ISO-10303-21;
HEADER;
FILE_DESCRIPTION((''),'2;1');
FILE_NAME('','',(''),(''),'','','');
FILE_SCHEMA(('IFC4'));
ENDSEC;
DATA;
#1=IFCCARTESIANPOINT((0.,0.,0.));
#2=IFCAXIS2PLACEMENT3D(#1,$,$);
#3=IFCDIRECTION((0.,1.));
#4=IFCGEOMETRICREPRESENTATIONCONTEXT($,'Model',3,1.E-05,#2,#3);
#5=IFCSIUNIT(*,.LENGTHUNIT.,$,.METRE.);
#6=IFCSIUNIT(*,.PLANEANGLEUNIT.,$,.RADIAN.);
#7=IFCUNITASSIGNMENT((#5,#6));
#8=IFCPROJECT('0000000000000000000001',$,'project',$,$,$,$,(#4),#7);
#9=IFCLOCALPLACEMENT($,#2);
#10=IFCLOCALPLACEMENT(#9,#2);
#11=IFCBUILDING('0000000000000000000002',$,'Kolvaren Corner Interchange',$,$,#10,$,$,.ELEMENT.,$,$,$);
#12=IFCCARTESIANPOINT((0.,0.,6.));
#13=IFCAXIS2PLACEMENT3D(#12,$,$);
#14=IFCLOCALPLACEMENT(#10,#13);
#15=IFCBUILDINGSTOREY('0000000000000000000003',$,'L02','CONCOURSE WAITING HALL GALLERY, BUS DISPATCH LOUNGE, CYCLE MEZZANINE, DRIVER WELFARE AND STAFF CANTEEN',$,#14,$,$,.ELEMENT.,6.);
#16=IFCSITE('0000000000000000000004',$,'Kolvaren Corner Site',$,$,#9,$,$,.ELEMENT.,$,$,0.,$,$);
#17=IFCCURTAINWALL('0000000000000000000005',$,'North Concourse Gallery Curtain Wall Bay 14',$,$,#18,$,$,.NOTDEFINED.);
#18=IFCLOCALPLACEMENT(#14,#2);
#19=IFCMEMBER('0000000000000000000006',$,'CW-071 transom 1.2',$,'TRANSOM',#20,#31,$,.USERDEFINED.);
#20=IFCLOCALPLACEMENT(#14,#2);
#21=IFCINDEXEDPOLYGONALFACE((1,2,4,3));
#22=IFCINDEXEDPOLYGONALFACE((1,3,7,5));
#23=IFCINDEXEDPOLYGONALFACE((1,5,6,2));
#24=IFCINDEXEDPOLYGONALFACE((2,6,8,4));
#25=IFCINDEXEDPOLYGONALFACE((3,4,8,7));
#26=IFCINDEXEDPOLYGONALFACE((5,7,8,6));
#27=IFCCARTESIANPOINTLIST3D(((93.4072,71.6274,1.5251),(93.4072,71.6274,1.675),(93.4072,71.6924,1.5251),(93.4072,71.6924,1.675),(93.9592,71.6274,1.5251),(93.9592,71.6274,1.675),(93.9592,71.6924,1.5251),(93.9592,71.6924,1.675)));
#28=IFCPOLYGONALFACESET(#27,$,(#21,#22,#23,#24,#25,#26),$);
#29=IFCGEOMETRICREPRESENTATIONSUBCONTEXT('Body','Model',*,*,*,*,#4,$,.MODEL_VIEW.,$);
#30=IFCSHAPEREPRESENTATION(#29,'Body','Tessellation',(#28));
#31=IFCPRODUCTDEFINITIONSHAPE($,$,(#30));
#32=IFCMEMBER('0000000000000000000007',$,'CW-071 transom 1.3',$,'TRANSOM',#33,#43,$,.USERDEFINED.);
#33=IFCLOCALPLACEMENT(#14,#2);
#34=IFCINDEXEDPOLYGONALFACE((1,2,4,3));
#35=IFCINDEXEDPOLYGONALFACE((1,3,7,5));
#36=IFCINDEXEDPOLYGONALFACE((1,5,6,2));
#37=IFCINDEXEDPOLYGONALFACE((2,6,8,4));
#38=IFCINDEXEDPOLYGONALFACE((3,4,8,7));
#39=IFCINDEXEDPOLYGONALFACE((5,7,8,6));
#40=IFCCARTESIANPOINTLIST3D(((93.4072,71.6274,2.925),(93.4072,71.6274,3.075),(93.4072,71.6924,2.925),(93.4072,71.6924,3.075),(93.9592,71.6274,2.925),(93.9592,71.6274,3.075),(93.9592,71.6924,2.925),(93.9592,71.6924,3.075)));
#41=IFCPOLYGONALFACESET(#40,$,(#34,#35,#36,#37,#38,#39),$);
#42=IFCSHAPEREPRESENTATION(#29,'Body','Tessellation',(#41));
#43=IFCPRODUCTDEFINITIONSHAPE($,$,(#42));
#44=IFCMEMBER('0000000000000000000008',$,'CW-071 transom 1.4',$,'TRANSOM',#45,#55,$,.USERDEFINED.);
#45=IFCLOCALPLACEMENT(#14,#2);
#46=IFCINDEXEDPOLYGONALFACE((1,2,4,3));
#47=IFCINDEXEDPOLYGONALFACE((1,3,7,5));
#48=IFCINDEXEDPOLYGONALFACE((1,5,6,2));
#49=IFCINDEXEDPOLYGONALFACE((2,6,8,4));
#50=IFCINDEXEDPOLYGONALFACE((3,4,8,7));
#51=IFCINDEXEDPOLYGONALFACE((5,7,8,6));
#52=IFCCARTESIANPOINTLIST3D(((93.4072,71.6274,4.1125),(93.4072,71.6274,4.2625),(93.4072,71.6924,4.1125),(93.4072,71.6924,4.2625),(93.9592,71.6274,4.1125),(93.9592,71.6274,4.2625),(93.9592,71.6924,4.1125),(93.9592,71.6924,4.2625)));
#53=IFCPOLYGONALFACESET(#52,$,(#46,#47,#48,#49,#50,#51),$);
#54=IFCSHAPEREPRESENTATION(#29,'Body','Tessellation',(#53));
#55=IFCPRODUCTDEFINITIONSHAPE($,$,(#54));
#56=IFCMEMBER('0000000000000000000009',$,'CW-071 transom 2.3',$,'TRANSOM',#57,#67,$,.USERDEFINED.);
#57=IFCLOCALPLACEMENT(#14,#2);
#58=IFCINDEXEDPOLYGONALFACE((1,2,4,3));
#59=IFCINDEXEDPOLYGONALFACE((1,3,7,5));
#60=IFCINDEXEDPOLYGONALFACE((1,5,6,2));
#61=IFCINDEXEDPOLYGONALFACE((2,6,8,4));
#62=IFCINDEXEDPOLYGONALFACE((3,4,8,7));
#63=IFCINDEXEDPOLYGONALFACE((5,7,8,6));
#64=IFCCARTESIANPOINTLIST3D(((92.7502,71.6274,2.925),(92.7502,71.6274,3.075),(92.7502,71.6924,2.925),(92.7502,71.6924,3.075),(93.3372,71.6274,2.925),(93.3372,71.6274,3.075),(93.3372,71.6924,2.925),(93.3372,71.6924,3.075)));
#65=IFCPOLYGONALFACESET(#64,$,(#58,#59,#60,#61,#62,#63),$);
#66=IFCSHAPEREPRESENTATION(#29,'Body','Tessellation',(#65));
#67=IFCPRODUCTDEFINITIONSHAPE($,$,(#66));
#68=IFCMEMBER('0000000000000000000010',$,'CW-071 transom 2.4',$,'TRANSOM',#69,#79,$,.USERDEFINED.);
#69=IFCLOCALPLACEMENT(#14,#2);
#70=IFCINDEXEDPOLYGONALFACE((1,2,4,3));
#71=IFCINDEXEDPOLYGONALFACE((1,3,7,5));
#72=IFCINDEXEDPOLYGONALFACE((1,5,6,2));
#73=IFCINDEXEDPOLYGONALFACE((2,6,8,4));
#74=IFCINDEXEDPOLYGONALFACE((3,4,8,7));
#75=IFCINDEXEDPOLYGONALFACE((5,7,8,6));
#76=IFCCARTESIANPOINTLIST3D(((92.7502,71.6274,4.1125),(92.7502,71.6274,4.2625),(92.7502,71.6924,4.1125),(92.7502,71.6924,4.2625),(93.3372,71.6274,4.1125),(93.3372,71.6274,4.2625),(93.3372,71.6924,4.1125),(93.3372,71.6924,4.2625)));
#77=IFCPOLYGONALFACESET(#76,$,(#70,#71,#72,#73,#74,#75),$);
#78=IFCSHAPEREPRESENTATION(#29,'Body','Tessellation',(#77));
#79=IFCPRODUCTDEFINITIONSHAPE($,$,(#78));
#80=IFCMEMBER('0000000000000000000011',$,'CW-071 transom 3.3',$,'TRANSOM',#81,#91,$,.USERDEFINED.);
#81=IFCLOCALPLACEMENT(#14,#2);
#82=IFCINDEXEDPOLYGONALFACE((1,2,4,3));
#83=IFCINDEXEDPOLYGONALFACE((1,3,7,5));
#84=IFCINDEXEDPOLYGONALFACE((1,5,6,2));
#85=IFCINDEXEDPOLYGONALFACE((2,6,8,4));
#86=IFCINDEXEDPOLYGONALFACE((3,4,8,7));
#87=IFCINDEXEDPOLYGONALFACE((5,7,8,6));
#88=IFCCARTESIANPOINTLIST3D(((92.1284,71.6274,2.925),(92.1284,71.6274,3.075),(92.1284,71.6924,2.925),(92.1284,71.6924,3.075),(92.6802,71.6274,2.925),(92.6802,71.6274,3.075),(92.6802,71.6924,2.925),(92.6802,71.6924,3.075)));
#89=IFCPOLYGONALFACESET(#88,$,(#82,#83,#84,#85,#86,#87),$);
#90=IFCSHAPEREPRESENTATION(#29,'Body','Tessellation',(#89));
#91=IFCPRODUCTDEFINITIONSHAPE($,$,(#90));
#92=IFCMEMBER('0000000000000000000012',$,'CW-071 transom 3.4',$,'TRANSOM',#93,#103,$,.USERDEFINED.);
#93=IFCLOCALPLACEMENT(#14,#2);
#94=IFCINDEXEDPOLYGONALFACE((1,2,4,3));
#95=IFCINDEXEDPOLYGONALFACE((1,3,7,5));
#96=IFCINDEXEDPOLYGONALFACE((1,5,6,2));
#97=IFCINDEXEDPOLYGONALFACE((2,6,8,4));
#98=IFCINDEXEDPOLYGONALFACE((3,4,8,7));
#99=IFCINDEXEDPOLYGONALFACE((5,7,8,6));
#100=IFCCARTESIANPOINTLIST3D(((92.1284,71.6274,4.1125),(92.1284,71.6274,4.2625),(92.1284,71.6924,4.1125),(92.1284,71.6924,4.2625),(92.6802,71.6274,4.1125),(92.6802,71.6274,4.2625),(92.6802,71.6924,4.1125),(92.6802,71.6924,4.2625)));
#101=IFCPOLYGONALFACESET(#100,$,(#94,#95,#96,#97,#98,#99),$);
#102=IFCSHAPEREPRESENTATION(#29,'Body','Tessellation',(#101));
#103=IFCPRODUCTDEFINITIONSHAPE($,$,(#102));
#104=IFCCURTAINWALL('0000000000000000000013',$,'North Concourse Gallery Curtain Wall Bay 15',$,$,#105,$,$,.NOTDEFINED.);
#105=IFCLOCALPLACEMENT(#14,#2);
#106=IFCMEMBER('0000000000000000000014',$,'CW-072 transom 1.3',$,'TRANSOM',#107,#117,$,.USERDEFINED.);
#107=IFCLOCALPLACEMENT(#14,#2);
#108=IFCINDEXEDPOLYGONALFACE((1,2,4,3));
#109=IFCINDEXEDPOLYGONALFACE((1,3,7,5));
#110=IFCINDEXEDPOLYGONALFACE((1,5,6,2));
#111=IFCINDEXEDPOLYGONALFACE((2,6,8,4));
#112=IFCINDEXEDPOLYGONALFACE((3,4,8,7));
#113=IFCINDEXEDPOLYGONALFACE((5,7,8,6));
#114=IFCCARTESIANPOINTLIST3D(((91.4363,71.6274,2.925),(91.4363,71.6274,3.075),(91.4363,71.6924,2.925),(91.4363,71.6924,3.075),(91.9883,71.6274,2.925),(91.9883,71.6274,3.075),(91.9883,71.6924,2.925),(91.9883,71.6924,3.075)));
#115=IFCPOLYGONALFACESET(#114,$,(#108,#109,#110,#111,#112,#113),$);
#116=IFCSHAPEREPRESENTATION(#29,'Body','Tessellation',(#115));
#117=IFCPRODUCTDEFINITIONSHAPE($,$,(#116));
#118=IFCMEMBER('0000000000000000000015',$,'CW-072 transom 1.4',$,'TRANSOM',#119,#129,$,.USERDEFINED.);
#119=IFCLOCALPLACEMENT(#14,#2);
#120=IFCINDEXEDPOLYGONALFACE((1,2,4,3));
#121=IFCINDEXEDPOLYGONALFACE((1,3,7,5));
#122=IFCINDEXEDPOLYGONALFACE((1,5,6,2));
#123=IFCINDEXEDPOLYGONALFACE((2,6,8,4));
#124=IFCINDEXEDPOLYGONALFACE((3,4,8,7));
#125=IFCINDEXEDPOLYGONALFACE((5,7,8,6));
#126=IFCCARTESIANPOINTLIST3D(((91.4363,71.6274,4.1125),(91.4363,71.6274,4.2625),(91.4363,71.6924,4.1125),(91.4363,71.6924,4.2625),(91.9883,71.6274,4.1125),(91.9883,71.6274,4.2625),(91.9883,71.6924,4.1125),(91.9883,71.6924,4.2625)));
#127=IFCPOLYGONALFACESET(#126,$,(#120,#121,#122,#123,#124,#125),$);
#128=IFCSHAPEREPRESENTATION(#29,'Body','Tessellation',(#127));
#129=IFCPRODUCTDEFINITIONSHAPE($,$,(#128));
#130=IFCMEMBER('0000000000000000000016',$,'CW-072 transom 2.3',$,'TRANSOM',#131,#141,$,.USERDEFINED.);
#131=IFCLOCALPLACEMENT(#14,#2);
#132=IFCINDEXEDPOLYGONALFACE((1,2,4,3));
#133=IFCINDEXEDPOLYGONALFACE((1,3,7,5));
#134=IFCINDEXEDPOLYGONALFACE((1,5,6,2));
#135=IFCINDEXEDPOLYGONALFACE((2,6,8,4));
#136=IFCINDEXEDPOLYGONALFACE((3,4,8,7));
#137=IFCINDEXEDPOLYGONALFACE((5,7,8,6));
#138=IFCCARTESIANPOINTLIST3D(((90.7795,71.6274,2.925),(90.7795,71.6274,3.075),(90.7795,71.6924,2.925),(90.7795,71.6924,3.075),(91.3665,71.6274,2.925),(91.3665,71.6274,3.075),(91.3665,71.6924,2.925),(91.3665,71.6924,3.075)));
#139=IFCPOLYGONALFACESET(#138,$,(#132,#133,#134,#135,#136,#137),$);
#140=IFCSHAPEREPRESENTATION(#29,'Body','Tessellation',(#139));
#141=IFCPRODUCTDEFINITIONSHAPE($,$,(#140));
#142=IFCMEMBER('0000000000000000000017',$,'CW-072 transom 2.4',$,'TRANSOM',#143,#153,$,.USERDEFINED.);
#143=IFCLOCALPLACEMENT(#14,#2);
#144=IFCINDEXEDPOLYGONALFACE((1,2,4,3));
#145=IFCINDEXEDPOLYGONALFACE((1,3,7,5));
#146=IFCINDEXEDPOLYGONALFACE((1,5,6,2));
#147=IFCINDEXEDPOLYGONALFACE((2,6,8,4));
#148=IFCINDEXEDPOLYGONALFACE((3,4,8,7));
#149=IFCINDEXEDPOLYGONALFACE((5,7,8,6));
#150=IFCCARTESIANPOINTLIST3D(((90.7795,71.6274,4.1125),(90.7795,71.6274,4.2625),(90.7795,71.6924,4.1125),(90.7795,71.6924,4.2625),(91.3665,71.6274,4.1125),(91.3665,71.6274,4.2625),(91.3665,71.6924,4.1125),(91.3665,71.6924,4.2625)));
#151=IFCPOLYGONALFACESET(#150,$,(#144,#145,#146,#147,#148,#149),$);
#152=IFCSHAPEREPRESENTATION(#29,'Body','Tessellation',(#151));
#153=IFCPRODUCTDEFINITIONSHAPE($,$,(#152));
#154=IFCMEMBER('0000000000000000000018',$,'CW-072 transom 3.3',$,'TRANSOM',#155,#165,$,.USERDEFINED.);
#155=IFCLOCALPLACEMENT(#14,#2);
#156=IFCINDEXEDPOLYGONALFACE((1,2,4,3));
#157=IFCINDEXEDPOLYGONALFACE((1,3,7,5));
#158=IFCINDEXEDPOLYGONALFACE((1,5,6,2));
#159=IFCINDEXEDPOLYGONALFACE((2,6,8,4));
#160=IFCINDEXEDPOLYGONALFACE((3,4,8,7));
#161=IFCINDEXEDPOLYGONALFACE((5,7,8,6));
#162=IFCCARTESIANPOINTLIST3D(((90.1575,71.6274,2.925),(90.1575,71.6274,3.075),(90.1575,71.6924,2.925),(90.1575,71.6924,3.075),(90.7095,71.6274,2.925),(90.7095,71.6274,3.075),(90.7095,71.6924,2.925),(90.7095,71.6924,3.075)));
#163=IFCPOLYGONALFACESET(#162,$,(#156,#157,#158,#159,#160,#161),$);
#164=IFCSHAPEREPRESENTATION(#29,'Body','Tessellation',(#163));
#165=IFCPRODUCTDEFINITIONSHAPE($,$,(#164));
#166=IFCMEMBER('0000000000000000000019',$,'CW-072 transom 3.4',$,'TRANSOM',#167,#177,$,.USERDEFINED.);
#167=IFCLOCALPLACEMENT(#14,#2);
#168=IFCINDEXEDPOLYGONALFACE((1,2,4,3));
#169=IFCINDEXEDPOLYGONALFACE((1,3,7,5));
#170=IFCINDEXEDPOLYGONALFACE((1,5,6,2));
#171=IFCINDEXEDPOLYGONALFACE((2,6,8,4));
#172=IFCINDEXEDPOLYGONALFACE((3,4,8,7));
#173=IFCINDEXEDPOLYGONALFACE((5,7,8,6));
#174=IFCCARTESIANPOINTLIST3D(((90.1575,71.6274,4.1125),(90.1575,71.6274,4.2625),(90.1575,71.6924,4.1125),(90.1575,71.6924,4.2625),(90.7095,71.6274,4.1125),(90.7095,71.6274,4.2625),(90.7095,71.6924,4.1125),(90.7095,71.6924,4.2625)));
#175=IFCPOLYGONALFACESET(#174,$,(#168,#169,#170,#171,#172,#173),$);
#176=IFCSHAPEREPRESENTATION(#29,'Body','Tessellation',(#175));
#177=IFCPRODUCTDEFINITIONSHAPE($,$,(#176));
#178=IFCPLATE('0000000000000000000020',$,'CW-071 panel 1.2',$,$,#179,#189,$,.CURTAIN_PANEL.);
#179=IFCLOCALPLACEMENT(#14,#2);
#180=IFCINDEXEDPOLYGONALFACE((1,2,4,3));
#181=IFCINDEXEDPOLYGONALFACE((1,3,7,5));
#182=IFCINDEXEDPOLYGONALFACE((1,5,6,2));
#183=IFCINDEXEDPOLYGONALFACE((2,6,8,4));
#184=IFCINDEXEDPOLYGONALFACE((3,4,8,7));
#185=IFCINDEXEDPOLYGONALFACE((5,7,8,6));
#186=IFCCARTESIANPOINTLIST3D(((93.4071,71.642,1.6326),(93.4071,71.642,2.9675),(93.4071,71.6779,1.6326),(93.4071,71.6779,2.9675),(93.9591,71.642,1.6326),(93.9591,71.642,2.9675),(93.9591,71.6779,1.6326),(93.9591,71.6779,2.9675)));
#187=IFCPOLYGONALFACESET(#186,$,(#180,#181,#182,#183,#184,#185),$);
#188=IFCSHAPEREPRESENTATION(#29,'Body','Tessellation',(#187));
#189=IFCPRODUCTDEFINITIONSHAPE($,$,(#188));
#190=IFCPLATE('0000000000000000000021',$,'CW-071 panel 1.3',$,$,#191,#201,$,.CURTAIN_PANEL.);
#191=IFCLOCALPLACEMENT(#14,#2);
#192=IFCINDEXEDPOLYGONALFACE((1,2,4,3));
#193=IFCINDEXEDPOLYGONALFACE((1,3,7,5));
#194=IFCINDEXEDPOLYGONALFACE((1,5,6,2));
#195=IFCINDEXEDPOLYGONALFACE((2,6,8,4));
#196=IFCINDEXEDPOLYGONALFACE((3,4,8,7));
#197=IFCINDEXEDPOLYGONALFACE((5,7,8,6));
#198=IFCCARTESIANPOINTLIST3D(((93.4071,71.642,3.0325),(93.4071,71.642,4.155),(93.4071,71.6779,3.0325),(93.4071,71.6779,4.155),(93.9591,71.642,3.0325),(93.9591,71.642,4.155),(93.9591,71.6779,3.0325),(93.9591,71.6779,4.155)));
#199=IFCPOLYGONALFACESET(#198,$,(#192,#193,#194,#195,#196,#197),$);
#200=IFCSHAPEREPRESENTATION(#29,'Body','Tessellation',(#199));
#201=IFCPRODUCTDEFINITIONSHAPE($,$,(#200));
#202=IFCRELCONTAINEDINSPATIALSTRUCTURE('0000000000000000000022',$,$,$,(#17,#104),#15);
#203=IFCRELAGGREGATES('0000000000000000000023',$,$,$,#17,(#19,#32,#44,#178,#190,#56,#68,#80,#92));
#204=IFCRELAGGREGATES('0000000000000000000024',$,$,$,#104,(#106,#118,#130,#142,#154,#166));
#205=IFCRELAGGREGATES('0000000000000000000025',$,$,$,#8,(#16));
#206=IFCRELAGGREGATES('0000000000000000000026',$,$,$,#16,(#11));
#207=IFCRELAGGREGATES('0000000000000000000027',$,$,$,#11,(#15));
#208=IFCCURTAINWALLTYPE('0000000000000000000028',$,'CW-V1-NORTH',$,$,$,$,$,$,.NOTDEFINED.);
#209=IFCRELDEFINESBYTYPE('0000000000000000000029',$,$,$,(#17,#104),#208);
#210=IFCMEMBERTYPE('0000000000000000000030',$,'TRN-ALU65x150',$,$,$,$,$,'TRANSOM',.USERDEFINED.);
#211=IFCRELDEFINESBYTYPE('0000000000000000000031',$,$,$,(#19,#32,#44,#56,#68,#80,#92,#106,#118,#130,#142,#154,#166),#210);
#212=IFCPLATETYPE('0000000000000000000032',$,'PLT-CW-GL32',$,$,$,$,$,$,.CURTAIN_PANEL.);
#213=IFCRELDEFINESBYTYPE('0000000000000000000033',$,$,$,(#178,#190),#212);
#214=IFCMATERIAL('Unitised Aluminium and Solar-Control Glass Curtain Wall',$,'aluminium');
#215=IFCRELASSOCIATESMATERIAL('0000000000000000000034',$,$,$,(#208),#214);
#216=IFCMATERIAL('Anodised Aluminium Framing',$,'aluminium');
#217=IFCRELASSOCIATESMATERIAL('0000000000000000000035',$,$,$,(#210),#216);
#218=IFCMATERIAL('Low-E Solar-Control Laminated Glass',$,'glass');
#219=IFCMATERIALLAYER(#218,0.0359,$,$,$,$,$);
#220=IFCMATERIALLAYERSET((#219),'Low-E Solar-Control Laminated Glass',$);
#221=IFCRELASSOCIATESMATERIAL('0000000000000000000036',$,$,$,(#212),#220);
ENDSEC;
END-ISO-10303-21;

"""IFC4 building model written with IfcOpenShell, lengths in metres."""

from ifc_helpers import new_model, si_unit, direction, frame, origin, origin_2d, place, context, subcontext, project, spatial, rectangle, extrude, material, layer, layer_set, material_profile, profile_set, type_object, element, aggregate, save


model = new_model("IFC4")

# Units and contexts
model_context = context("Model", 3, precision=1e-05, world=origin(), true_north=direction((0.0, 1.0)))
body_context = subcontext(model_context, "Body", "Model", "MODEL_VIEW")
ifc_project = project(units=[si_unit("LENGTHUNIT", "METRE"), si_unit("PLANEANGLEUNIT", "RADIAN")], contexts=[model_context])

# Site, building, storey
site_placement = place(None, origin())
site = spatial("IfcSite", under=ifc_project, at=site_placement, Name="Kolvaren Corner Site", CompositionType="ELEMENT", RefElevation=0.0)
building_placement = place(site_placement, origin())
building = spatial("IfcBuilding", under=site, at=building_placement, Name="Kolvaren Corner Interchange", CompositionType="ELEMENT")
storey_placement = place(building_placement, frame((0.0, 0.0, 6.0)))
storey = spatial("IfcBuildingStorey", under=building, at=storey_placement, Name="L02", Description="CONCOURSE WAITING HALL GALLERY, BUS DISPATCH LOUNGE, CYCLE MEZZANINE, DRIVER WELFARE AND STAFF CANTEEN", CompositionType="ELEMENT", Elevation=6.0)

# Curtain walls, members
ifc_material_1 = material(Name="Unitised Aluminium and Solar-Control Glass Curtain Wall", Category="aluminium")
curtain_wall_type = type_object("IfcCurtainWallType", Name="CW-V1-NORTH", PredefinedType="NOTDEFINED", material=ifc_material_1)
curtain_wall_1_placement = place(storey_placement, origin())
curtain_wall_1 = element("IfcCurtainWall", 1, at=curtain_wall_1_placement, inside=storey, type_object=curtain_wall_type, Name="North Concourse Gallery Curtain Wall Bay 14", PredefinedType="NOTDEFINED")
ifc_material_2 = material(Name="Anodised Aluminium Framing", Category="aluminium")
ifc_material_profile = material_profile(ifc_material_2, rectangle(XDim=0.0649, YDim=0.1499, at=origin_2d()), Name="ALU 65x150")
ifc_profile_set = profile_set([ifc_material_profile], Name="Anodised Aluminium Framing")
member_type = type_object("IfcMemberType", Name="TRN-ALU65x150", ElementType="TRANSOM", PredefinedType="USERDEFINED", material=ifc_profile_set)
member_1_placement = place(storey_placement, frame((93.9592, 71.6599, 1.6001), z_axis=(-1.0, 0.0, 0.0), x_axis=(0.0, -1.0, 0.0)))
member_1 = element("IfcMember", 2, at=member_1_placement, type_object=member_type, Name="CW-071 transom 1.2", ObjectType="TRANSOM", PredefinedType="USERDEFINED", context=body_context, shape_type="SweptSolid", body=[
    extrude(rectangle(XDim=0.0649, YDim=0.1499, at=origin_2d()), origin(), (0.0, 0.0, 1.0), 0.552),
])
member_2_placement = place(storey_placement, frame((93.9592, 71.6599, 3.0), z_axis=(-1.0, 0.0, 0.0), x_axis=(0.0, -1.0, 0.0)))
member_2 = element("IfcMember", 3, at=member_2_placement, type_object=member_type, Name="CW-071 transom 1.3", ObjectType="TRANSOM", PredefinedType="USERDEFINED", context=body_context, shape_type="SweptSolid", body=[
    extrude(rectangle(XDim=0.0649, YDim=0.1499, at=origin_2d()), origin(), (0.0, 0.0, 1.0), 0.552),
])
member_3_placement = place(storey_placement, frame((93.9592, 71.6599, 4.1875), z_axis=(-1.0, 0.0, 0.0), x_axis=(0.0, -1.0, 0.0)))
member_3 = element("IfcMember", 4, at=member_3_placement, type_object=member_type, Name="CW-071 transom 1.4", ObjectType="TRANSOM", PredefinedType="USERDEFINED", context=body_context, shape_type="SweptSolid", body=[
    extrude(rectangle(XDim=0.0649, YDim=0.1499, at=origin_2d()), origin(), (0.0, 0.0, 1.0), 0.552),
])
member_4_placement = place(storey_placement, frame((93.3372, 71.6599, 3.0), z_axis=(-1.0, 0.0, 0.0), x_axis=(0.0, -1.0, 0.0)))
member_4 = element("IfcMember", 5, at=member_4_placement, type_object=member_type, Name="CW-071 transom 2.3", ObjectType="TRANSOM", PredefinedType="USERDEFINED", context=body_context, shape_type="SweptSolid", body=[
    extrude(rectangle(XDim=0.0649, YDim=0.1499, at=origin_2d()), origin(), (0.0, 0.0, 1.0), 0.5869),
])
member_5_placement = place(storey_placement, frame((93.3372, 71.6599, 4.1875), z_axis=(-1.0, 0.0, 0.0), x_axis=(0.0, -1.0, 0.0)))
member_5 = element("IfcMember", 6, at=member_5_placement, type_object=member_type, Name="CW-071 transom 2.4", ObjectType="TRANSOM", PredefinedType="USERDEFINED", context=body_context, shape_type="SweptSolid", body=[
    extrude(rectangle(XDim=0.0649, YDim=0.1499, at=origin_2d()), origin(), (0.0, 0.0, 1.0), 0.5869),
])
member_6_placement = place(storey_placement, frame((92.6802, 71.6599, 3.0), z_axis=(-1.0, 0.0, 0.0), x_axis=(0.0, -1.0, 0.0)))
member_6 = element("IfcMember", 7, at=member_6_placement, type_object=member_type, Name="CW-071 transom 3.3", ObjectType="TRANSOM", PredefinedType="USERDEFINED", context=body_context, shape_type="SweptSolid", body=[
    extrude(rectangle(XDim=0.0649, YDim=0.1499, at=origin_2d()), origin(), (0.0, 0.0, 1.0), 0.5518),
])
member_7_placement = place(storey_placement, frame((92.6802, 71.6599, 4.1875), z_axis=(-1.0, 0.0, 0.0), x_axis=(0.0, -1.0, 0.0)))
member_7 = element("IfcMember", 8, at=member_7_placement, type_object=member_type, Name="CW-071 transom 3.4", ObjectType="TRANSOM", PredefinedType="USERDEFINED", context=body_context, shape_type="SweptSolid", body=[
    extrude(rectangle(XDim=0.0649, YDim=0.1499, at=origin_2d()), origin(), (0.0, 0.0, 1.0), 0.5518),
])
curtain_wall_2_placement = place(storey_placement, origin())
curtain_wall_2 = element("IfcCurtainWall", 9, at=curtain_wall_2_placement, inside=storey, type_object=curtain_wall_type, Name="North Concourse Gallery Curtain Wall Bay 15", PredefinedType="NOTDEFINED")
member_8_placement = place(storey_placement, frame((91.9883, 71.6599, 3.0), z_axis=(-1.0, 0.0, 0.0), x_axis=(0.0, -1.0, 0.0)))
member_8 = element("IfcMember", 10, at=member_8_placement, type_object=member_type, Name="CW-072 transom 1.3", ObjectType="TRANSOM", PredefinedType="USERDEFINED", context=body_context, shape_type="SweptSolid", body=[
    extrude(rectangle(XDim=0.0649, YDim=0.1499, at=origin_2d()), origin(), (0.0, 0.0, 1.0), 0.552),
])
member_9_placement = place(storey_placement, frame((91.9883, 71.6599, 4.1875), z_axis=(-1.0, 0.0, 0.0), x_axis=(0.0, -1.0, 0.0)))
member_9 = element("IfcMember", 11, at=member_9_placement, type_object=member_type, Name="CW-072 transom 1.4", ObjectType="TRANSOM", PredefinedType="USERDEFINED", context=body_context, shape_type="SweptSolid", body=[
    extrude(rectangle(XDim=0.0649, YDim=0.1499, at=origin_2d()), origin(), (0.0, 0.0, 1.0), 0.552),
])
member_10_placement = place(storey_placement, frame((91.3665, 71.6599, 3.0), z_axis=(-1.0, 0.0, 0.0), x_axis=(0.0, -1.0, 0.0)))
member_10 = element("IfcMember", 12, at=member_10_placement, type_object=member_type, Name="CW-072 transom 2.3", ObjectType="TRANSOM", PredefinedType="USERDEFINED", context=body_context, shape_type="SweptSolid", body=[
    extrude(rectangle(XDim=0.0649, YDim=0.1499, at=origin_2d()), origin(), (0.0, 0.0, 1.0), 0.5869),
])
member_11_placement = place(storey_placement, frame((91.3665, 71.6599, 4.1875), z_axis=(-1.0, 0.0, 0.0), x_axis=(0.0, -1.0, 0.0)))
member_11 = element("IfcMember", 13, at=member_11_placement, type_object=member_type, Name="CW-072 transom 2.4", ObjectType="TRANSOM", PredefinedType="USERDEFINED", context=body_context, shape_type="SweptSolid", body=[
    extrude(rectangle(XDim=0.0649, YDim=0.1499, at=origin_2d()), origin(), (0.0, 0.0, 1.0), 0.5869),
])
member_12_placement = place(storey_placement, frame((90.7095, 71.6599, 3.0), z_axis=(-1.0, 0.0, 0.0), x_axis=(0.0, -1.0, 0.0)))
member_12 = element("IfcMember", 14, at=member_12_placement, type_object=member_type, Name="CW-072 transom 3.3", ObjectType="TRANSOM", PredefinedType="USERDEFINED", context=body_context, shape_type="SweptSolid", body=[
    extrude(rectangle(XDim=0.0649, YDim=0.1499, at=origin_2d()), origin(), (0.0, 0.0, 1.0), 0.552),
])
member_13_placement = place(storey_placement, frame((90.7095, 71.6599, 4.1875), z_axis=(-1.0, 0.0, 0.0), x_axis=(0.0, -1.0, 0.0)))
member_13 = element("IfcMember", 15, at=member_13_placement, type_object=member_type, Name="CW-072 transom 3.4", ObjectType="TRANSOM", PredefinedType="USERDEFINED", context=body_context, shape_type="SweptSolid", body=[
    extrude(rectangle(XDim=0.0649, YDim=0.1499, at=origin_2d()), origin(), (0.0, 0.0, 1.0), 0.552),
])

# Plates
ifc_material_3 = material(Name="Low-E Solar-Control Laminated Glass", Category="glass")
ifc_layer = layer(ifc_material_3, 0.0359)
ifc_layer_set = layer_set([ifc_layer], Name="Low-E Solar-Control Laminated Glass")
plate_type = type_object("IfcPlateType", Name="PLT-CW-GL32", PredefinedType="CURTAIN_PANEL", material=ifc_layer_set)
plate_1_placement = place(storey_placement, frame((93.6831, 71.6599, 1.6326), z_axis=(0.0, 0.0, 1.0), x_axis=(-1.0, 0.0, 0.0)))
plate_1 = element("IfcPlate", 16, at=plate_1_placement, type_object=plate_type, Name="CW-071 panel 1.2", PredefinedType="CURTAIN_PANEL", context=body_context, shape_type="SweptSolid", body=[
    extrude(rectangle(XDim=0.552, YDim=0.0359, at=origin_2d()), origin(), (0.0, 0.0, 1.0), 1.335),
])
plate_2_placement = place(storey_placement, frame((93.6831, 71.6599, 3.0325), z_axis=(0.0, 0.0, 1.0), x_axis=(-1.0, 0.0, 0.0)))
plate_2 = element("IfcPlate", 17, at=plate_2_placement, type_object=plate_type, Name="CW-071 panel 1.3", PredefinedType="CURTAIN_PANEL", context=body_context, shape_type="SweptSolid", body=[
    extrude(rectangle(XDim=0.552, YDim=0.0359, at=origin_2d()), origin(), (0.0, 0.0, 1.0), 1.1226),
])
aggregate(curtain_wall_1, [member_1, member_2, member_3, plate_1, plate_2, member_4, member_5, member_6, member_7])
aggregate(curtain_wall_2, [member_8, member_9, member_10, member_11, member_12, member_13])

save(model, "model.ifc")
